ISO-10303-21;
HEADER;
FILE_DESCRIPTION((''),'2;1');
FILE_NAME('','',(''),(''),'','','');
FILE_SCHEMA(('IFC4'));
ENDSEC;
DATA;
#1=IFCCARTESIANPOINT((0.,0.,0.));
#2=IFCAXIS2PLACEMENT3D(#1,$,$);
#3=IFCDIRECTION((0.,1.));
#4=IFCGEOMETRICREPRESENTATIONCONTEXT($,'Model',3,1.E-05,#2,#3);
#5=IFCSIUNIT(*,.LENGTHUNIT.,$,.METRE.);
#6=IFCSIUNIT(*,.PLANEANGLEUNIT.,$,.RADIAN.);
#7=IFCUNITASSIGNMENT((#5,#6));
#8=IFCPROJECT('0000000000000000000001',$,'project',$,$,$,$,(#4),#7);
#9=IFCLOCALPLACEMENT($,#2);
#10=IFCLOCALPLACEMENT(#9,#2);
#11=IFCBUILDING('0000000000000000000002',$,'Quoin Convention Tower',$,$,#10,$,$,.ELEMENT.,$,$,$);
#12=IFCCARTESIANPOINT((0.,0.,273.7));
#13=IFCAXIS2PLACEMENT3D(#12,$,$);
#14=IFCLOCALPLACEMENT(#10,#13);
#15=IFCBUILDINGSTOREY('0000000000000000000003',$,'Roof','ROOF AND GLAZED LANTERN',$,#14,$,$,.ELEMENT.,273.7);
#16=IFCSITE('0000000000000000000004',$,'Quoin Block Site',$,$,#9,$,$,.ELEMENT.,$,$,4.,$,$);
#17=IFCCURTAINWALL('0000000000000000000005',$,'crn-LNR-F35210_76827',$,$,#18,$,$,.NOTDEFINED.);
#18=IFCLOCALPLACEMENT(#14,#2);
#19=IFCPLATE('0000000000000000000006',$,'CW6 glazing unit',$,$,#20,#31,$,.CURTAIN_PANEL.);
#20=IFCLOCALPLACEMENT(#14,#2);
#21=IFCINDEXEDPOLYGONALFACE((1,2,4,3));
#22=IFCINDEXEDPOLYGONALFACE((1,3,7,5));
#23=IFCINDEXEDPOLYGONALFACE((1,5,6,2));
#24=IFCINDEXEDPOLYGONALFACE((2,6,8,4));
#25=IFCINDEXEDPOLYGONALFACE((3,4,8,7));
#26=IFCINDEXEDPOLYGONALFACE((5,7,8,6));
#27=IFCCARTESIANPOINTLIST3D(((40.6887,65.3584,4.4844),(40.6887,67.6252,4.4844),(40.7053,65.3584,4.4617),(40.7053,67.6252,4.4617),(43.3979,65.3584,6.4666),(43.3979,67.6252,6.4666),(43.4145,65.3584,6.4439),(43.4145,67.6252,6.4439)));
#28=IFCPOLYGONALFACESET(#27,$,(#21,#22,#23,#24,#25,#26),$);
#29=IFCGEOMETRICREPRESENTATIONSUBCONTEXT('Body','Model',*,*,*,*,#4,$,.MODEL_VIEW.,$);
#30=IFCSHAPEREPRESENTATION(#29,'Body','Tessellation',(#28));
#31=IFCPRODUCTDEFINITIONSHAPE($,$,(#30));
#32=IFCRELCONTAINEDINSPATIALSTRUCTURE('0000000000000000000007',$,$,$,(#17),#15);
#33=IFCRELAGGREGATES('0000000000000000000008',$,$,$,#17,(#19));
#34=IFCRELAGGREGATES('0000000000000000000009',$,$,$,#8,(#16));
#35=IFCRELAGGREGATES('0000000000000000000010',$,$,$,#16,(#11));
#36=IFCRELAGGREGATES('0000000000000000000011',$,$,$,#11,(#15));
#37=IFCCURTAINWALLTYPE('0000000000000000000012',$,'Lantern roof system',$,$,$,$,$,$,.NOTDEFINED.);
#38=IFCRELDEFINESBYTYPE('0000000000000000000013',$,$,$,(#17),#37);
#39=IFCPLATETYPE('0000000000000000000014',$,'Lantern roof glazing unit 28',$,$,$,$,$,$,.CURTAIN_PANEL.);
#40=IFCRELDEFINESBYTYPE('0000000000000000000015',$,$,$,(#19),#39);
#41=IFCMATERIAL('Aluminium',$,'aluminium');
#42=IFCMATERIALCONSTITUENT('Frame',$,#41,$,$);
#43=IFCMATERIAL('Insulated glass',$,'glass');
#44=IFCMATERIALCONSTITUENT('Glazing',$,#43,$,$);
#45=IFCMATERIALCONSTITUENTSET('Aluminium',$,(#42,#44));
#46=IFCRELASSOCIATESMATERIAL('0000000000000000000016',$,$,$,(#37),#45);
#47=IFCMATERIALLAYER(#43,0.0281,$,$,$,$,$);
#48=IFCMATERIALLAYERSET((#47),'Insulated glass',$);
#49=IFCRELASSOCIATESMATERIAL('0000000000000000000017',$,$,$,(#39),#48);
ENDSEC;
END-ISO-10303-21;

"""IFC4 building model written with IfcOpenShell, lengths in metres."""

from ifc_helpers import new_model, si_unit, direction, frame, origin, place, context, subcontext, project, spatial, polyline, outline, extrude, material, layer, layer_set, constituent, constituent_set, type_object, element, aggregate, save


model = new_model("IFC4")

# Units and contexts
model_context = context("Model", 3, precision=1e-05, world=origin(), true_north=direction((0.0, 1.0)))
body_context = subcontext(model_context, "Body", "Model", "MODEL_VIEW")
ifc_project = project(units=[si_unit("LENGTHUNIT", "METRE"), si_unit("PLANEANGLEUNIT", "RADIAN")], contexts=[model_context])

# Site, building, storey
site_placement = place(None, origin())
site = spatial("IfcSite", under=ifc_project, at=site_placement, Name="Quoin Block Site", CompositionType="ELEMENT", RefElevation=4.0)
building_placement = place(site_placement, origin())
building = spatial("IfcBuilding", under=site, at=building_placement, Name="Quoin Convention Tower", CompositionType="ELEMENT")
storey_placement = place(building_placement, frame((0.0, 0.0, 273.7)))
storey = spatial("IfcBuildingStorey", under=building, at=storey_placement, Name="Roof", Description="ROOF AND GLAZED LANTERN", CompositionType="ELEMENT", Elevation=273.7)

# Curtain wall
ifc_material_1 = material(Name="Aluminium", Category="aluminium")
ifc_constituent_1 = constituent(ifc_material_1, Name="Frame")
ifc_material_2 = material(Name="Insulated glass", Category="glass")
ifc_constituent_2 = constituent(ifc_material_2, Name="Glazing")
ifc_constituent_set = constituent_set(constituents=[ifc_constituent_1, ifc_constituent_2], Name="Aluminium")
curtain_wall_type = type_object("IfcCurtainWallType", Name="Lantern roof system", PredefinedType="NOTDEFINED", material=ifc_constituent_set)
curtain_wall_1_placement = place(storey_placement, origin())
curtain_wall_1 = element("IfcCurtainWall", 1, at=curtain_wall_1_placement, inside=storey, type_object=curtain_wall_type, Name="crn-LNR-F35210_76827", PredefinedType="NOTDEFINED")

# Plate
ifc_layer = layer(ifc_material_2, 0.0281)
ifc_layer_set = layer_set([ifc_layer], Name="Insulated glass")
plate_type = type_object("IfcPlateType", Name="Lantern roof glazing unit 28", PredefinedType="CURTAIN_PANEL", material=ifc_layer_set)
plate_1_placement = place(storey_placement, frame((40.6887, 65.3584, 4.4844), z_axis=(-0.590474, 0.0, 0.807057), x_axis=(0.0, 1.0, 0.0)))
plate_1 = element("IfcPlate", 2, at=plate_1_placement, type_object=plate_type, Name="CW6 glazing unit", PredefinedType="CURTAIN_PANEL", context=body_context, shape_type="SweptSolid", body=[
    extrude(outline(polyline([(0.0, 0.0), (2.2668, 0.0), (2.2668, -3.3569), (0.0, -3.3569), (0.0, 0.0)])), origin(), (0.0, 0.0, -1.0), 0.0281),
])
aggregate(curtain_wall_1, [plate_1])

save(model, "model.ifc")
